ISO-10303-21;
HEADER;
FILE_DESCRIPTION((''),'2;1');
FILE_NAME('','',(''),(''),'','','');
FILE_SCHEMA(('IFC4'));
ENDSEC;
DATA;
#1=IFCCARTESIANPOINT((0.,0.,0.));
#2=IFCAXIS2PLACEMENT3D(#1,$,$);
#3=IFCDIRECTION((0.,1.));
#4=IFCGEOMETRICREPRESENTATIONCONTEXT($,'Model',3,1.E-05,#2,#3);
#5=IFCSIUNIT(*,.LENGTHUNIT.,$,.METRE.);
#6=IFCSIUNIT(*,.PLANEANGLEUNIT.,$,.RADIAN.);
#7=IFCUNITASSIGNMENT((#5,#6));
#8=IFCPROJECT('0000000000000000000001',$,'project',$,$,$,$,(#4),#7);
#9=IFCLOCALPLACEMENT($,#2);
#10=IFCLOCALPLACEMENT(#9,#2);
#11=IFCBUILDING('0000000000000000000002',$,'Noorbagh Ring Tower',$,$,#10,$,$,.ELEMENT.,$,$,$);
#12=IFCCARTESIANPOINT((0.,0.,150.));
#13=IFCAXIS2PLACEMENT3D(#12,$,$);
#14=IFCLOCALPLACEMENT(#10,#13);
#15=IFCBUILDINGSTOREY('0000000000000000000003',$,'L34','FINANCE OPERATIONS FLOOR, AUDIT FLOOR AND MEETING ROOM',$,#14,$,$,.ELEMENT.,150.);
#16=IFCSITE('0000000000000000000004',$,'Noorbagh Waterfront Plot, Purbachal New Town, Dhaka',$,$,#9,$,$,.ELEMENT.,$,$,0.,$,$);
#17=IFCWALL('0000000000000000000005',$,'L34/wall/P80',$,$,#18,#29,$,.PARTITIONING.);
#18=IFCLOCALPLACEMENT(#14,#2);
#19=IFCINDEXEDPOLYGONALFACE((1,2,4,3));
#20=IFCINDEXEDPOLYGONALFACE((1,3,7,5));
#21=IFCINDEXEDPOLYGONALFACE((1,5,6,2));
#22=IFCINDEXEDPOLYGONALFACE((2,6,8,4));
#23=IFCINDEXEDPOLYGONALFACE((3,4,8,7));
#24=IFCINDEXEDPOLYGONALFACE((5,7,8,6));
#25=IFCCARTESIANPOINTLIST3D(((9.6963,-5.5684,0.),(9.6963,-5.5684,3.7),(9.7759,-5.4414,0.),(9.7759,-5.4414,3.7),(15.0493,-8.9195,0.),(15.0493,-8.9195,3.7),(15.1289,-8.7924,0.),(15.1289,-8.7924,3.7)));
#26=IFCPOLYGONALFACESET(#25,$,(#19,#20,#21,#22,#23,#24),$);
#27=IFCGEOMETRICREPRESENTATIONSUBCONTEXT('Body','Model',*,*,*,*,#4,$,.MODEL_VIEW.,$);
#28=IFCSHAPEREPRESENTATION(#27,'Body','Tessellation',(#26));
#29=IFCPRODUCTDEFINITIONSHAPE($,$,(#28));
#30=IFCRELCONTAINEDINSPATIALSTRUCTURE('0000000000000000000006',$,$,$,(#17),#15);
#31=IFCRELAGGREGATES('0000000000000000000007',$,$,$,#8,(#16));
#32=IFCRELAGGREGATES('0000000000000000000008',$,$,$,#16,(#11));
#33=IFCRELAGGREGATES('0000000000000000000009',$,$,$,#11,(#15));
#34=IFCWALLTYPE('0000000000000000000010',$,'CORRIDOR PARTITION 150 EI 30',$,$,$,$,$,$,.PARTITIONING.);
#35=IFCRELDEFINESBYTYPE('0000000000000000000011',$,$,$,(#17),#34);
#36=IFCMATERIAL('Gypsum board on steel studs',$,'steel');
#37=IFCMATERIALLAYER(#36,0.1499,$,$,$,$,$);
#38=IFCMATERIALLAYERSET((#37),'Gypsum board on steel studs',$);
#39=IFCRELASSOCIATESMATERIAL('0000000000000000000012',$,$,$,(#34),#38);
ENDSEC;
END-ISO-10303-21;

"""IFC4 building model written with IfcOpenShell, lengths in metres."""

from ifc_helpers import new_model, si_unit, direction, frame, frame_2d, origin, place, context, subcontext, project, spatial, rectangle, extrude, material, layer, layer_set, type_object, element, save


model = new_model("IFC4")

# Units and contexts
model_context = context("Model", 3, precision=1e-05, world=origin(), true_north=direction((0.0, 1.0)))
body_context = subcontext(model_context, "Body", "Model", "MODEL_VIEW")
ifc_project = project(units=[si_unit("LENGTHUNIT", "METRE"), si_unit("PLANEANGLEUNIT", "RADIAN")], contexts=[model_context])

# Site, building, storey
site_placement = place(None, origin())
site = spatial("IfcSite", under=ifc_project, at=site_placement, Name="Noorbagh Waterfront Plot, Purbachal New Town, Dhaka", CompositionType="ELEMENT", RefElevation=0.0)
building_placement = place(site_placement, origin())
building = spatial("IfcBuilding", under=site, at=building_placement, Name="Noorbagh Ring Tower", CompositionType="ELEMENT")
storey_placement = place(building_placement, frame((0.0, 0.0, 150.0)))
storey = spatial("IfcBuildingStorey", under=building, at=storey_placement, Name="L34", Description="FINANCE OPERATIONS FLOOR, AUDIT FLOOR AND MEETING ROOM", CompositionType="ELEMENT", Elevation=150.0)

# Wall
ifc_material_1 = material(Name="Gypsum board on steel studs", Category="steel")
ifc_layer_1 = layer(ifc_material_1, 0.1499)
ifc_layer_set_1 = layer_set([ifc_layer_1], Name="Gypsum board on steel studs")
wall_type = type_object("IfcWallType", Name="CORRIDOR PARTITION 150 EI 30", PredefinedType="PARTITIONING", material=ifc_layer_set_1)
wall_placement = place(storey_placement, frame((9.7361, -5.5049, 0.0), z_axis=(0.0, 0.0, 1.0), x_axis=(0.847612, -0.530617, 0.0)))
element("IfcWall", 1, at=wall_placement, inside=storey, type_object=wall_type, Name="L34/wall/P80", PredefinedType="PARTITIONING", context=body_context, shape_type="SweptSolid", body=[
    extrude(rectangle(XDim=6.3154, YDim=0.1499, at=frame_2d((3.1577, 0.0))), origin(), (0.0, 0.0, 1.0), 3.7),
])

save(model, "model.ifc")
